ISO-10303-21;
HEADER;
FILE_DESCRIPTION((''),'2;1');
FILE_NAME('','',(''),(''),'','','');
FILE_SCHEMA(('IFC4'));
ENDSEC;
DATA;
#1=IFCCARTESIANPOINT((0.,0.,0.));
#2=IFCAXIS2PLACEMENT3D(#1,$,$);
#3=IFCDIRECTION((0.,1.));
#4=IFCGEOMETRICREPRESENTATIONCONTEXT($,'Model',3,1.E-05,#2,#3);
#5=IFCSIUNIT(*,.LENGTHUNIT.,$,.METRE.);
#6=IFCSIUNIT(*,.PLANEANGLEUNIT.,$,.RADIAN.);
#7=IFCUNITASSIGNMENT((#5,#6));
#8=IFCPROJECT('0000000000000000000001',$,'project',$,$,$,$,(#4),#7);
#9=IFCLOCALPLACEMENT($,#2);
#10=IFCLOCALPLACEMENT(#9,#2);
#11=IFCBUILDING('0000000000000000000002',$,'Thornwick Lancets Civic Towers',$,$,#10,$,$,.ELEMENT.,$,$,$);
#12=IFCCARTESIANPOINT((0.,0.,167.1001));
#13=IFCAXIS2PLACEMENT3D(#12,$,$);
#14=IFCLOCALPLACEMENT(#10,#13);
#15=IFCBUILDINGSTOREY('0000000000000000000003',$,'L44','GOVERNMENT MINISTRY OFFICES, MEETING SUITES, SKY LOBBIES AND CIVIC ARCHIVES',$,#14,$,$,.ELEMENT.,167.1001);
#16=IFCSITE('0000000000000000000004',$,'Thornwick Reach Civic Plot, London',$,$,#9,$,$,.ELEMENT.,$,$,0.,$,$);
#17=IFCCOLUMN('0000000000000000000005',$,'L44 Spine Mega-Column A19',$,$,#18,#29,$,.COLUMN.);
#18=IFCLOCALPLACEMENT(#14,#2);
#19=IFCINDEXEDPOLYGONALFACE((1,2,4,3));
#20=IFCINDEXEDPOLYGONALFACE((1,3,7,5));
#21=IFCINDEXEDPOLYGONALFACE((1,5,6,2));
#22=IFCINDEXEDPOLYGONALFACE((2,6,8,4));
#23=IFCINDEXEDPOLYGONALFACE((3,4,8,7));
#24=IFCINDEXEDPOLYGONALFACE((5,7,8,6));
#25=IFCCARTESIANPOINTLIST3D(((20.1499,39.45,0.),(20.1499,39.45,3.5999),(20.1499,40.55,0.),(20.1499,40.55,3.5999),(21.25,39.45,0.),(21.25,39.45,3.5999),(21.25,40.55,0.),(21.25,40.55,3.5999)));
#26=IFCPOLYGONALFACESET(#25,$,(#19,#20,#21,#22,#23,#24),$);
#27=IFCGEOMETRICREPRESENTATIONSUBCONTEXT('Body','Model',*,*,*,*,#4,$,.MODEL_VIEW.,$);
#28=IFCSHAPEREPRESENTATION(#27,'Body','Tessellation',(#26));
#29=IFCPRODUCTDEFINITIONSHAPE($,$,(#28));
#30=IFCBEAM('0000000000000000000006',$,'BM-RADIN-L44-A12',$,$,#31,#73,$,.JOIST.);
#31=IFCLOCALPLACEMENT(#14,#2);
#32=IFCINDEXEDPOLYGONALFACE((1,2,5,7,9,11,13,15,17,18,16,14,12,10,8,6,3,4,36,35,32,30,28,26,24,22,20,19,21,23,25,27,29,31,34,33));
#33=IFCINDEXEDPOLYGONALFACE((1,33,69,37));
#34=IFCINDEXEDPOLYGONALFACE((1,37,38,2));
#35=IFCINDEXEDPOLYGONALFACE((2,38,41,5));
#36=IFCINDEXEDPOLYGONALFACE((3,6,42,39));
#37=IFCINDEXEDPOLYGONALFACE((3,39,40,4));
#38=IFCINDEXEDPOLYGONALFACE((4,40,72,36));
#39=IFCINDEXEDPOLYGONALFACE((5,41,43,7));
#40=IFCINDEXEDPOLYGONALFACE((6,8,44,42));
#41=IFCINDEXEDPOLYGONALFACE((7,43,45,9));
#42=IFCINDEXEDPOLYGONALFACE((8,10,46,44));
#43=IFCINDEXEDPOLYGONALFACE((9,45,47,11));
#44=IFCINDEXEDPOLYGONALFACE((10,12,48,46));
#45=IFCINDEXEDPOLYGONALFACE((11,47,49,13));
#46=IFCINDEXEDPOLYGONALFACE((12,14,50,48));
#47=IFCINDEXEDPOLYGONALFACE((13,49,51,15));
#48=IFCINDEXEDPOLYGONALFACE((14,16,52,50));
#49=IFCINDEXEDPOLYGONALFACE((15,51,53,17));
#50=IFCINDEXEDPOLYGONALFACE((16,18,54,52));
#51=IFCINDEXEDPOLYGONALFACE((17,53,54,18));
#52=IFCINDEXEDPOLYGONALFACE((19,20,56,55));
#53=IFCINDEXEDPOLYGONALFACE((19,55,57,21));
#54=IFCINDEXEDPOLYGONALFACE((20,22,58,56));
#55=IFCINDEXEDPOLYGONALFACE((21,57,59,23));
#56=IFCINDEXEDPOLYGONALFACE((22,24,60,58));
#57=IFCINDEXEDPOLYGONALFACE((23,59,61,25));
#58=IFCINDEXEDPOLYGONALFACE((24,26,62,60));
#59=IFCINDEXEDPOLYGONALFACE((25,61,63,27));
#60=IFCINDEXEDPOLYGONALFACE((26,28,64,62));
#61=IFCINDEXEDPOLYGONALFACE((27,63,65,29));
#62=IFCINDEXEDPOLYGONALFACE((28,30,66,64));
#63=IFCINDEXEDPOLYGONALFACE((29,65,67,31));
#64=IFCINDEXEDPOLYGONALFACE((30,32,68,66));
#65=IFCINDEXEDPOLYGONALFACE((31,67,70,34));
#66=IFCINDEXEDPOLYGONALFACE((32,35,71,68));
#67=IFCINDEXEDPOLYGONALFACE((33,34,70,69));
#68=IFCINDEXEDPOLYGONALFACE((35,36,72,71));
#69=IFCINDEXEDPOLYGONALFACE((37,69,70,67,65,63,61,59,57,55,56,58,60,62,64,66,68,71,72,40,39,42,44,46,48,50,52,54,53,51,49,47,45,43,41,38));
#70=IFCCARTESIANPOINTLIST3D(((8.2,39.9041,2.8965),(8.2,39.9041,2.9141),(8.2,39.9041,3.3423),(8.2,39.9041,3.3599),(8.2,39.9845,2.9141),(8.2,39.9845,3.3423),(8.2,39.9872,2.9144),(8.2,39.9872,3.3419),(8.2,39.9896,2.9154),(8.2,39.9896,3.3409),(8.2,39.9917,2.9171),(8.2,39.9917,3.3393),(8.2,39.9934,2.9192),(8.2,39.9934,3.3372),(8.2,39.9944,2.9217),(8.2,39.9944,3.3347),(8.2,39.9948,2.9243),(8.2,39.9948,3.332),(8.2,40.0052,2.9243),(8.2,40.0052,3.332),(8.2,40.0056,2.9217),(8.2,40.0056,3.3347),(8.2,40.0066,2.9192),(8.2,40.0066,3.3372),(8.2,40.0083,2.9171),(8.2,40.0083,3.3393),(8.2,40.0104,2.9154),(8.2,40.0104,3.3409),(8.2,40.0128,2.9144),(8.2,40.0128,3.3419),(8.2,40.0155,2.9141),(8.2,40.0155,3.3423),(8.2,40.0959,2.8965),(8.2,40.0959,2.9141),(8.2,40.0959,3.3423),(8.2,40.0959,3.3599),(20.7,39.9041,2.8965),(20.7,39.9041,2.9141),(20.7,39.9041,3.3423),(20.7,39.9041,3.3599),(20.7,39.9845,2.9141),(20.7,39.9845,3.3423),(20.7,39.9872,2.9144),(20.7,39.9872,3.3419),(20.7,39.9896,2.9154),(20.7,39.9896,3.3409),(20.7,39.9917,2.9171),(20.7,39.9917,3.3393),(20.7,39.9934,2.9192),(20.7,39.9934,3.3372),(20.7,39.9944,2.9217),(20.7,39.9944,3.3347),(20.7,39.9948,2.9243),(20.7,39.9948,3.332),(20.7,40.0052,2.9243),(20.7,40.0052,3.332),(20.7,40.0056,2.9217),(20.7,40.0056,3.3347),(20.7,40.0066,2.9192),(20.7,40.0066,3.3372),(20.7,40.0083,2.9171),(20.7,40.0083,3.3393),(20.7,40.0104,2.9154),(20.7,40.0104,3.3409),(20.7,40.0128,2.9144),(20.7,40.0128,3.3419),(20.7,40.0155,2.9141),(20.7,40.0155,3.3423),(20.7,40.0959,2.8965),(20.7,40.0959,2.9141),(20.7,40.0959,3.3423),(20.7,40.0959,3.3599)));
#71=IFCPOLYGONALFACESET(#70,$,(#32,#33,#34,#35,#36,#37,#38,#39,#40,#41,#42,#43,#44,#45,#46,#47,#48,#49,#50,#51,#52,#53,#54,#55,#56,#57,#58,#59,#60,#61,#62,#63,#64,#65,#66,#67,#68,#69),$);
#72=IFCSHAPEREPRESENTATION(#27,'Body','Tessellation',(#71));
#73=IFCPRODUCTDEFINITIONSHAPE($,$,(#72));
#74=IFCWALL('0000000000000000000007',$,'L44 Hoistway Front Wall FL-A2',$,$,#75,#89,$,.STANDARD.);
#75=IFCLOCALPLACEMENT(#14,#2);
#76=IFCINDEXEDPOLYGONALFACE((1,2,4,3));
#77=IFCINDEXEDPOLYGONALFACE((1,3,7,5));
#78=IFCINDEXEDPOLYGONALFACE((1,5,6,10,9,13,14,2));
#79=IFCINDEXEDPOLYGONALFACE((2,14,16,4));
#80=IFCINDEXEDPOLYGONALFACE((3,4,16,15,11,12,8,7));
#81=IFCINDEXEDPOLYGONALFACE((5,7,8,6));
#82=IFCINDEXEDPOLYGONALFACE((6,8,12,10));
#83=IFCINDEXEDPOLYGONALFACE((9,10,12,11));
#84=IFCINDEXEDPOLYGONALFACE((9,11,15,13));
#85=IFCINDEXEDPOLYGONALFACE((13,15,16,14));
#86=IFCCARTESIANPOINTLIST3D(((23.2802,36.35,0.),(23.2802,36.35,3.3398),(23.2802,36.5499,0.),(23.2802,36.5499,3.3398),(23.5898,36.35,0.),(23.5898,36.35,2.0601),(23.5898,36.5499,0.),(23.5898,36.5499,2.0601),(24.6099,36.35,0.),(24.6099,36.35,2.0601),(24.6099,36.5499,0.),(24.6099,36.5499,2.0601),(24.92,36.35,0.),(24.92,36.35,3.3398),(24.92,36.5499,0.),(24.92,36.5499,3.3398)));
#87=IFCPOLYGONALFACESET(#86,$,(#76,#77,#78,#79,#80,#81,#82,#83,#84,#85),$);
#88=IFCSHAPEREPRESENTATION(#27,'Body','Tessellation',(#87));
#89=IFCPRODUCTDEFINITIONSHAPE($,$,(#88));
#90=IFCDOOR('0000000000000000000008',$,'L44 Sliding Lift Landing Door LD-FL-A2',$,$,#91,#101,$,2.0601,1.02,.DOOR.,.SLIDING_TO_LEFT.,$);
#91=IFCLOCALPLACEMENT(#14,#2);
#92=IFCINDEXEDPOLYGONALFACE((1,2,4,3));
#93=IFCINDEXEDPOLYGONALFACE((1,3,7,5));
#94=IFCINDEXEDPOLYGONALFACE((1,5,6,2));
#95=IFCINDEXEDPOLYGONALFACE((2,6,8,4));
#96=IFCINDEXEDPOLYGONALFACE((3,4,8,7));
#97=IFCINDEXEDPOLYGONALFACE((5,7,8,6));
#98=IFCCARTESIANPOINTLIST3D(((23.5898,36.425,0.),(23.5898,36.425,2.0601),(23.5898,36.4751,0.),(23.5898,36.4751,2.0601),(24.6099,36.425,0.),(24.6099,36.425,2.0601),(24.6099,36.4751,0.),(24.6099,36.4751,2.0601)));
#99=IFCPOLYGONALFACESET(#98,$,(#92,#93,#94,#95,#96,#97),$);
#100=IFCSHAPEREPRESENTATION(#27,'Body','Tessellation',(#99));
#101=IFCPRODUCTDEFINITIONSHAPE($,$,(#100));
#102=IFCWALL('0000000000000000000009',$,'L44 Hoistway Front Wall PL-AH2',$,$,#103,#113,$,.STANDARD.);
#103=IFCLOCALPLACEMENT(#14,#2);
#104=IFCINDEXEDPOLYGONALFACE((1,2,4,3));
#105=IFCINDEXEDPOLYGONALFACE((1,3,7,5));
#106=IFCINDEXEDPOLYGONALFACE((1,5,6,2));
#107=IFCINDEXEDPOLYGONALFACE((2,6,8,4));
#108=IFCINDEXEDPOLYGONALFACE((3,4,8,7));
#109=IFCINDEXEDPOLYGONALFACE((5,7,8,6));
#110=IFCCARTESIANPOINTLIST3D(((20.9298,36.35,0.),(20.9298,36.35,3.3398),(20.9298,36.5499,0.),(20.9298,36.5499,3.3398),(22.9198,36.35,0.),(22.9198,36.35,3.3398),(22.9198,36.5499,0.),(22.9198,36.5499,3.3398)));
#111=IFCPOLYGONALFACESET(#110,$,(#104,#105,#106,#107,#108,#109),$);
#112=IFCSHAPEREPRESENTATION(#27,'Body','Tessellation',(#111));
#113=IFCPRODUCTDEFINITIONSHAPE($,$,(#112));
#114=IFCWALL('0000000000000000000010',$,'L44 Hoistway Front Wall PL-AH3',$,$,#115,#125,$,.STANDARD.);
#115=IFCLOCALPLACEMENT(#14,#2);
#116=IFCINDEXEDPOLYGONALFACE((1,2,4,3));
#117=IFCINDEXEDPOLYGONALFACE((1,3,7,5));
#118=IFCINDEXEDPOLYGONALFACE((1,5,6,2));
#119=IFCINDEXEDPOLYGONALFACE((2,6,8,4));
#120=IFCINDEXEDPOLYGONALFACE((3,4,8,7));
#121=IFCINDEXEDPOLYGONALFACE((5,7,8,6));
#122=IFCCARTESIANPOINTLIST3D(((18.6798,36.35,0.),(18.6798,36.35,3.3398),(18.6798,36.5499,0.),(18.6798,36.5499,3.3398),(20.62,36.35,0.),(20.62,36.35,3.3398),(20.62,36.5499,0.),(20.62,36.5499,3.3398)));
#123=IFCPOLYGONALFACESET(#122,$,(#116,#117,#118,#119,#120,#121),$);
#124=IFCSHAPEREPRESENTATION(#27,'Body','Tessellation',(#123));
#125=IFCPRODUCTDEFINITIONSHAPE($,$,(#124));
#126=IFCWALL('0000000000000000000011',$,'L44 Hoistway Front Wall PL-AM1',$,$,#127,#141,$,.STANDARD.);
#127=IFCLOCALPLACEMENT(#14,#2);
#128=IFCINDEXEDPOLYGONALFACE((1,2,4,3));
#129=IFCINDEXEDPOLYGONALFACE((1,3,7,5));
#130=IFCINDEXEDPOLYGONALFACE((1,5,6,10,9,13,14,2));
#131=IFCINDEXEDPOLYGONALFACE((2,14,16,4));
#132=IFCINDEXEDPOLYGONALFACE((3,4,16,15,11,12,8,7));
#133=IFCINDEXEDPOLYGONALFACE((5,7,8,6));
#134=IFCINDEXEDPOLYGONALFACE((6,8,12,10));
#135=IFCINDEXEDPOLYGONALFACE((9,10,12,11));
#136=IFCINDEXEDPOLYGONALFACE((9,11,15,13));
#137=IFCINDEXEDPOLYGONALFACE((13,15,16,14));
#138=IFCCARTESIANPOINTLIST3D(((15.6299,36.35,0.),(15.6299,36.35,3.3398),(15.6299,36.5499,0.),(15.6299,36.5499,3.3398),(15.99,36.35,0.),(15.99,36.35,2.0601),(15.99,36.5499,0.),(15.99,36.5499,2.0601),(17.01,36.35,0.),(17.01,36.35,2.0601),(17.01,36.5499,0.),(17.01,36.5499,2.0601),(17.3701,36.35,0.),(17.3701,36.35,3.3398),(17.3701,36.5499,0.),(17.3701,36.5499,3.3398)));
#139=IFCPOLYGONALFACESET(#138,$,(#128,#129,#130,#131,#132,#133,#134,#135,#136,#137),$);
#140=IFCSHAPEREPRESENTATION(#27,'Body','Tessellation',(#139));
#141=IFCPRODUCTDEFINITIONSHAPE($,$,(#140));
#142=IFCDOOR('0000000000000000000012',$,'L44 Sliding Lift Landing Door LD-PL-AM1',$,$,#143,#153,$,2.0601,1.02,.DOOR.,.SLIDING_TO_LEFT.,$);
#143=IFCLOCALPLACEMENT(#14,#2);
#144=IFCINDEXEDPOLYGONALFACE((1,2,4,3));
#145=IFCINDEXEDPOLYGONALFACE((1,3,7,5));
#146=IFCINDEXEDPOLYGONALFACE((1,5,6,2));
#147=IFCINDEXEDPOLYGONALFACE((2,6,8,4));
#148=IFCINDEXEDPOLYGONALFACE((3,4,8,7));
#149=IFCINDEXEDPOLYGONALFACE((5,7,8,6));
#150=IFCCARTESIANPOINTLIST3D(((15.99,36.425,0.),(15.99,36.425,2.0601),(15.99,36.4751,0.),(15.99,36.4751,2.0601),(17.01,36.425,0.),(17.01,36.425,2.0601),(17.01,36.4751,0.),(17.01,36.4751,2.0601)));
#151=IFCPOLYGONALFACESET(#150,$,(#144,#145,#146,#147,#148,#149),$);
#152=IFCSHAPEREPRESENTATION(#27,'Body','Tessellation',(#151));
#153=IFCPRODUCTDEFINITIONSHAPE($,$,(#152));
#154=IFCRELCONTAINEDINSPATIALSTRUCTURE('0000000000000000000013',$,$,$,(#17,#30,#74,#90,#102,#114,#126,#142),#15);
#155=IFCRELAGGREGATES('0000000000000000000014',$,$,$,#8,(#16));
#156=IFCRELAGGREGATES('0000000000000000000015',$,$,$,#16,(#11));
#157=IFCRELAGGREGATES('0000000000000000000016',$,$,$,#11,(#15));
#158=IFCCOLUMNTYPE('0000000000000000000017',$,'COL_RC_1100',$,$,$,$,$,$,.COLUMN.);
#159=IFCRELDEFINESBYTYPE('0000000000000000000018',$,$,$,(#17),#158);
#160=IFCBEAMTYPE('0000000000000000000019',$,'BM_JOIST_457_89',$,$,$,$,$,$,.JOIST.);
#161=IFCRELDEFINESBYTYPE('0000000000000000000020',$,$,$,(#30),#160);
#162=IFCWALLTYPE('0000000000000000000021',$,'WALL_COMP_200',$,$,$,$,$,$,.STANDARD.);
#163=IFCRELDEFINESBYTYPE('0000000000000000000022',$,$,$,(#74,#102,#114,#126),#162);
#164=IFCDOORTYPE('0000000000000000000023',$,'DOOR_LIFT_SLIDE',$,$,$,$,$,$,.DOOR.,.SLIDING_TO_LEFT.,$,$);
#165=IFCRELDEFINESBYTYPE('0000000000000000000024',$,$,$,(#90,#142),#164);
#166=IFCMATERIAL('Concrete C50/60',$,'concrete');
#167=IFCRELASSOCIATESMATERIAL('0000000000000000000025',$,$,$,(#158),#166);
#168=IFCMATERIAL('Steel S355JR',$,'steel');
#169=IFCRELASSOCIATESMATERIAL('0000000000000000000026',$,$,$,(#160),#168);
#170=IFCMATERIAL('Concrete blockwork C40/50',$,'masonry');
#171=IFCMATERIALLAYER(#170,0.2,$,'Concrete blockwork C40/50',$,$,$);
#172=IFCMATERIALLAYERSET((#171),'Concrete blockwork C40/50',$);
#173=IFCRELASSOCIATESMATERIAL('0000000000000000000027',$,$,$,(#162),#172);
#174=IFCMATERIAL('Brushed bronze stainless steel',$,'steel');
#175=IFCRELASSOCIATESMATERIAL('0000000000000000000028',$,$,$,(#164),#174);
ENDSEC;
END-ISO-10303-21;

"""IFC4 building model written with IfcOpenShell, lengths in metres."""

from ifc_helpers import new_model, si_unit, direction, frame, frame_2d, origin, origin_2d, place, context, subcontext, project, spatial, rectangle, i_section, extrude, material, layer, layer_set, material_profile, profile_set, type_object, element, fill, save


model = new_model("IFC4")

# Units and contexts
model_context = context("Model", 3, precision=1e-05, world=origin(), true_north=direction((0.0, 1.0)))
body_context = subcontext(model_context, "Body", "Model", "MODEL_VIEW")
ifc_project = project(units=[si_unit("LENGTHUNIT", "METRE"), si_unit("PLANEANGLEUNIT", "RADIAN")], contexts=[model_context])

# Site, building, storey
site_placement = place(None, origin())
site = spatial("IfcSite", under=ifc_project, at=site_placement, Name="Thornwick Reach Civic Plot, London", CompositionType="ELEMENT", RefElevation=0.0)
building_placement = place(site_placement, origin())
building = spatial("IfcBuilding", under=site, at=building_placement, Name="Thornwick Lancets Civic Towers", CompositionType="ELEMENT")
storey_placement = place(building_placement, frame((0.0, 0.0, 167.1001)))
storey = spatial("IfcBuildingStorey", under=building, at=storey_placement, Name="L44", Description="GOVERNMENT MINISTRY OFFICES, MEETING SUITES, SKY LOBBIES AND CIVIC ARCHIVES", CompositionType="ELEMENT", Elevation=167.1001)

# Column
ifc_material_1 = material(Name="Concrete C50/60", Category="concrete")
ifc_material_profile_1 = material_profile(ifc_material_1, rectangle(XDim=1.1001, YDim=1.1001, at=origin_2d()), Name="RC 1100x1100")
ifc_profile_set_1 = profile_set([ifc_material_profile_1], Name="Concrete C50/60")
column_type = type_object("IfcColumnType", Name="COL_RC_1100", PredefinedType="COLUMN", material=ifc_profile_set_1)
column_placement = place(storey_placement, frame((20.7, 40.0, 0.0), z_axis=(0.0, 0.0, 1.0), x_axis=(1.0, 0.0, 0.0)))
element("IfcColumn", 1, at=column_placement, inside=storey, type_object=column_type, Name="L44 Spine Mega-Column A19", PredefinedType="COLUMN", context=body_context, shape_type="SweptSolid", body=[
    extrude(rectangle(XDim=1.1001, YDim=1.1001, at=origin_2d()), origin(), (0.0, 0.0, 1.0), 3.5999),
])

# Beam
ifc_material_2 = material(Name="Steel S355JR", Category="steel")
ifc_material_profile_2 = material_profile(ifc_material_2, i_section(OverallWidth=0.1919, OverallDepth=0.4634, WebThickness=0.0105, FlangeThickness=0.0176, FilletRadius=0.0103, at=origin_2d()), Name="UKB 457x191x89")
ifc_profile_set_2 = profile_set([ifc_material_profile_2], Name="Steel S355JR")
beam_type = type_object("IfcBeamType", Name="BM_JOIST_457_89", PredefinedType="JOIST", material=ifc_profile_set_2)
beam_placement = place(storey_placement, frame((20.7, 40.0, 3.1282), z_axis=(-1.0, 0.0, 0.0), x_axis=(0.0, -1.0, 0.0)))
element("IfcBeam", 2, at=beam_placement, inside=storey, type_object=beam_type, Name="BM-RADIN-L44-A12", PredefinedType="JOIST", context=body_context, shape_type="SweptSolid", body=[
    extrude(i_section(OverallWidth=0.1919, OverallDepth=0.4634, WebThickness=0.0105, FlangeThickness=0.0176, FilletRadius=0.0103, at=origin_2d()), origin(), (0.0, 0.0, 1.0), 12.5),
])

# Wall, opening, door
ifc_material_3 = material(Name="Concrete blockwork C40/50", Category="masonry")
ifc_layer_1 = layer(ifc_material_3, 0.2, Name="Concrete blockwork C40/50")
ifc_layer_set_1 = layer_set([ifc_layer_1], Name="Concrete blockwork C40/50")
wall_type_1 = type_object("IfcWallType", Name="WALL_COMP_200", PredefinedType="STANDARD", material=ifc_layer_set_1)
wall_1_placement = place(storey_placement, frame((24.9199, 36.45, 0.0), z_axis=(0.0, 0.0, 1.0), x_axis=(-1.0, 0.0, 0.0)))
wall_1 = element("IfcWall", 3, at=wall_1_placement, inside=storey, type_object=wall_type_1, Name="L44 Hoistway Front Wall FL-A2", PredefinedType="STANDARD", context=body_context, shape_type="SweptSolid", body=[
    extrude(rectangle(XDim=1.6399, YDim=0.2, at=frame_2d((0.8198, 0.0))), origin(), (0.0, 0.0, 1.0), 3.3398),
])
opening_1_placement = place(wall_1_placement, frame((0.3101, 0.0, 0.0)))
opening_1 = element("IfcOpeningElement", 4, at=opening_1_placement, cuts=wall_1, PredefinedType="OPENING", context=body_context, shape_type="SweptSolid", body=[
    extrude(rectangle(XDim=1.02, YDim=2.0601, at=frame_2d((0.51, 1.03))), frame((0.0, 0.1099, 0.0), z_axis=(0.0, -1.0, 0.0), x_axis=(1.0, 0.0, 0.0)), (0.0, 0.0, 1.0), 0.22),
])
ifc_material_4 = material(Name="Brushed bronze stainless steel", Category="steel")
door_type = type_object("IfcDoorType", Name="DOOR_LIFT_SLIDE", OperationType="SLIDING_TO_LEFT", PredefinedType="DOOR", material=ifc_material_4)
door_1_placement = place(opening_1_placement, origin())
door_1 = element("IfcDoor", 5, at=door_1_placement, inside=storey, type_object=door_type, Name="L44 Sliding Lift Landing Door LD-FL-A2", OperationType="SLIDING_TO_LEFT", OverallHeight=2.0601, OverallWidth=1.02, PredefinedType="DOOR", context=body_context, shape_type="SweptSolid", body=[
    extrude(rectangle(XDim=1.02, YDim=2.0601, at=frame_2d((0.51, 1.03))), frame((0.0, 0.0249, 0.0), z_axis=(0.0, -1.0, 0.0), x_axis=(1.0, 0.0, 0.0)), (0.0, 0.0, 1.0), 0.05),
])
fill(opening_1, door_1)

# Walls
wall_2_placement = place(storey_placement, frame((22.9199, 36.45, 0.0), z_axis=(0.0, 0.0, 1.0), x_axis=(-1.0, 0.0, 0.0)))
element("IfcWall", 6, at=wall_2_placement, inside=storey, type_object=wall_type_1, Name="L44 Hoistway Front Wall PL-AH2", PredefinedType="STANDARD", context=body_context, shape_type="SweptSolid", body=[
    extrude(rectangle(XDim=1.99, YDim=0.2, at=frame_2d((0.9951, 0.0))), origin(), (0.0, 0.0, 1.0), 3.3398),
])
wall_3_placement = place(storey_placement, frame((20.6201, 36.45, 0.0), z_axis=(0.0, 0.0, 1.0), x_axis=(-1.0, 0.0, 0.0)))
element("IfcWall", 7, at=wall_3_placement, inside=storey, type_object=wall_type_1, Name="L44 Hoistway Front Wall PL-AH3", PredefinedType="STANDARD", context=body_context, shape_type="SweptSolid", body=[
    extrude(rectangle(XDim=1.9402, YDim=0.2, at=frame_2d((0.9702, 0.0))), origin(), (0.0, 0.0, 1.0), 3.3398),
])

# Wall, opening, door
wall_4_placement = place(storey_placement, frame((17.3701, 36.45, 0.0), z_axis=(0.0, 0.0, 1.0), x_axis=(-1.0, 0.0, 0.0)))
wall_4 = element("IfcWall", 8, at=wall_4_placement, inside=storey, type_object=wall_type_1, Name="L44 Hoistway Front Wall PL-AM1", PredefinedType="STANDARD", context=body_context, shape_type="SweptSolid", body=[
    extrude(rectangle(XDim=1.7402, YDim=0.2, at=frame_2d((0.8701, 0.0))), origin(), (0.0, 0.0, 1.0), 3.3398),
])
opening_2_placement = place(wall_4_placement, frame((0.3601, 0.0, 0.0)))
opening_2 = element("IfcOpeningElement", 9, at=opening_2_placement, cuts=wall_4, PredefinedType="OPENING", context=body_context, shape_type="SweptSolid", body=[
    extrude(rectangle(XDim=1.02, YDim=2.0601, at=frame_2d((0.51, 1.03))), frame((0.0, 0.1099, 0.0), z_axis=(0.0, -1.0, 0.0), x_axis=(1.0, 0.0, 0.0)), (0.0, 0.0, 1.0), 0.22),
])
door_2_placement = place(opening_2_placement, origin())
door_2 = element("IfcDoor", 10, at=door_2_placement, inside=storey, type_object=door_type, Name="L44 Sliding Lift Landing Door LD-PL-AM1", OperationType="SLIDING_TO_LEFT", OverallHeight=2.0601, OverallWidth=1.02, PredefinedType="DOOR", context=body_context, shape_type="SweptSolid", body=[
    extrude(rectangle(XDim=1.02, YDim=2.0601, at=frame_2d((0.51, 1.03))), frame((0.0, 0.0249, 0.0), z_axis=(0.0, -1.0, 0.0), x_axis=(1.0, 0.0, 0.0)), (0.0, 0.0, 1.0), 0.05),
])
fill(opening_2, door_2)

save(model, "model.ifc")
